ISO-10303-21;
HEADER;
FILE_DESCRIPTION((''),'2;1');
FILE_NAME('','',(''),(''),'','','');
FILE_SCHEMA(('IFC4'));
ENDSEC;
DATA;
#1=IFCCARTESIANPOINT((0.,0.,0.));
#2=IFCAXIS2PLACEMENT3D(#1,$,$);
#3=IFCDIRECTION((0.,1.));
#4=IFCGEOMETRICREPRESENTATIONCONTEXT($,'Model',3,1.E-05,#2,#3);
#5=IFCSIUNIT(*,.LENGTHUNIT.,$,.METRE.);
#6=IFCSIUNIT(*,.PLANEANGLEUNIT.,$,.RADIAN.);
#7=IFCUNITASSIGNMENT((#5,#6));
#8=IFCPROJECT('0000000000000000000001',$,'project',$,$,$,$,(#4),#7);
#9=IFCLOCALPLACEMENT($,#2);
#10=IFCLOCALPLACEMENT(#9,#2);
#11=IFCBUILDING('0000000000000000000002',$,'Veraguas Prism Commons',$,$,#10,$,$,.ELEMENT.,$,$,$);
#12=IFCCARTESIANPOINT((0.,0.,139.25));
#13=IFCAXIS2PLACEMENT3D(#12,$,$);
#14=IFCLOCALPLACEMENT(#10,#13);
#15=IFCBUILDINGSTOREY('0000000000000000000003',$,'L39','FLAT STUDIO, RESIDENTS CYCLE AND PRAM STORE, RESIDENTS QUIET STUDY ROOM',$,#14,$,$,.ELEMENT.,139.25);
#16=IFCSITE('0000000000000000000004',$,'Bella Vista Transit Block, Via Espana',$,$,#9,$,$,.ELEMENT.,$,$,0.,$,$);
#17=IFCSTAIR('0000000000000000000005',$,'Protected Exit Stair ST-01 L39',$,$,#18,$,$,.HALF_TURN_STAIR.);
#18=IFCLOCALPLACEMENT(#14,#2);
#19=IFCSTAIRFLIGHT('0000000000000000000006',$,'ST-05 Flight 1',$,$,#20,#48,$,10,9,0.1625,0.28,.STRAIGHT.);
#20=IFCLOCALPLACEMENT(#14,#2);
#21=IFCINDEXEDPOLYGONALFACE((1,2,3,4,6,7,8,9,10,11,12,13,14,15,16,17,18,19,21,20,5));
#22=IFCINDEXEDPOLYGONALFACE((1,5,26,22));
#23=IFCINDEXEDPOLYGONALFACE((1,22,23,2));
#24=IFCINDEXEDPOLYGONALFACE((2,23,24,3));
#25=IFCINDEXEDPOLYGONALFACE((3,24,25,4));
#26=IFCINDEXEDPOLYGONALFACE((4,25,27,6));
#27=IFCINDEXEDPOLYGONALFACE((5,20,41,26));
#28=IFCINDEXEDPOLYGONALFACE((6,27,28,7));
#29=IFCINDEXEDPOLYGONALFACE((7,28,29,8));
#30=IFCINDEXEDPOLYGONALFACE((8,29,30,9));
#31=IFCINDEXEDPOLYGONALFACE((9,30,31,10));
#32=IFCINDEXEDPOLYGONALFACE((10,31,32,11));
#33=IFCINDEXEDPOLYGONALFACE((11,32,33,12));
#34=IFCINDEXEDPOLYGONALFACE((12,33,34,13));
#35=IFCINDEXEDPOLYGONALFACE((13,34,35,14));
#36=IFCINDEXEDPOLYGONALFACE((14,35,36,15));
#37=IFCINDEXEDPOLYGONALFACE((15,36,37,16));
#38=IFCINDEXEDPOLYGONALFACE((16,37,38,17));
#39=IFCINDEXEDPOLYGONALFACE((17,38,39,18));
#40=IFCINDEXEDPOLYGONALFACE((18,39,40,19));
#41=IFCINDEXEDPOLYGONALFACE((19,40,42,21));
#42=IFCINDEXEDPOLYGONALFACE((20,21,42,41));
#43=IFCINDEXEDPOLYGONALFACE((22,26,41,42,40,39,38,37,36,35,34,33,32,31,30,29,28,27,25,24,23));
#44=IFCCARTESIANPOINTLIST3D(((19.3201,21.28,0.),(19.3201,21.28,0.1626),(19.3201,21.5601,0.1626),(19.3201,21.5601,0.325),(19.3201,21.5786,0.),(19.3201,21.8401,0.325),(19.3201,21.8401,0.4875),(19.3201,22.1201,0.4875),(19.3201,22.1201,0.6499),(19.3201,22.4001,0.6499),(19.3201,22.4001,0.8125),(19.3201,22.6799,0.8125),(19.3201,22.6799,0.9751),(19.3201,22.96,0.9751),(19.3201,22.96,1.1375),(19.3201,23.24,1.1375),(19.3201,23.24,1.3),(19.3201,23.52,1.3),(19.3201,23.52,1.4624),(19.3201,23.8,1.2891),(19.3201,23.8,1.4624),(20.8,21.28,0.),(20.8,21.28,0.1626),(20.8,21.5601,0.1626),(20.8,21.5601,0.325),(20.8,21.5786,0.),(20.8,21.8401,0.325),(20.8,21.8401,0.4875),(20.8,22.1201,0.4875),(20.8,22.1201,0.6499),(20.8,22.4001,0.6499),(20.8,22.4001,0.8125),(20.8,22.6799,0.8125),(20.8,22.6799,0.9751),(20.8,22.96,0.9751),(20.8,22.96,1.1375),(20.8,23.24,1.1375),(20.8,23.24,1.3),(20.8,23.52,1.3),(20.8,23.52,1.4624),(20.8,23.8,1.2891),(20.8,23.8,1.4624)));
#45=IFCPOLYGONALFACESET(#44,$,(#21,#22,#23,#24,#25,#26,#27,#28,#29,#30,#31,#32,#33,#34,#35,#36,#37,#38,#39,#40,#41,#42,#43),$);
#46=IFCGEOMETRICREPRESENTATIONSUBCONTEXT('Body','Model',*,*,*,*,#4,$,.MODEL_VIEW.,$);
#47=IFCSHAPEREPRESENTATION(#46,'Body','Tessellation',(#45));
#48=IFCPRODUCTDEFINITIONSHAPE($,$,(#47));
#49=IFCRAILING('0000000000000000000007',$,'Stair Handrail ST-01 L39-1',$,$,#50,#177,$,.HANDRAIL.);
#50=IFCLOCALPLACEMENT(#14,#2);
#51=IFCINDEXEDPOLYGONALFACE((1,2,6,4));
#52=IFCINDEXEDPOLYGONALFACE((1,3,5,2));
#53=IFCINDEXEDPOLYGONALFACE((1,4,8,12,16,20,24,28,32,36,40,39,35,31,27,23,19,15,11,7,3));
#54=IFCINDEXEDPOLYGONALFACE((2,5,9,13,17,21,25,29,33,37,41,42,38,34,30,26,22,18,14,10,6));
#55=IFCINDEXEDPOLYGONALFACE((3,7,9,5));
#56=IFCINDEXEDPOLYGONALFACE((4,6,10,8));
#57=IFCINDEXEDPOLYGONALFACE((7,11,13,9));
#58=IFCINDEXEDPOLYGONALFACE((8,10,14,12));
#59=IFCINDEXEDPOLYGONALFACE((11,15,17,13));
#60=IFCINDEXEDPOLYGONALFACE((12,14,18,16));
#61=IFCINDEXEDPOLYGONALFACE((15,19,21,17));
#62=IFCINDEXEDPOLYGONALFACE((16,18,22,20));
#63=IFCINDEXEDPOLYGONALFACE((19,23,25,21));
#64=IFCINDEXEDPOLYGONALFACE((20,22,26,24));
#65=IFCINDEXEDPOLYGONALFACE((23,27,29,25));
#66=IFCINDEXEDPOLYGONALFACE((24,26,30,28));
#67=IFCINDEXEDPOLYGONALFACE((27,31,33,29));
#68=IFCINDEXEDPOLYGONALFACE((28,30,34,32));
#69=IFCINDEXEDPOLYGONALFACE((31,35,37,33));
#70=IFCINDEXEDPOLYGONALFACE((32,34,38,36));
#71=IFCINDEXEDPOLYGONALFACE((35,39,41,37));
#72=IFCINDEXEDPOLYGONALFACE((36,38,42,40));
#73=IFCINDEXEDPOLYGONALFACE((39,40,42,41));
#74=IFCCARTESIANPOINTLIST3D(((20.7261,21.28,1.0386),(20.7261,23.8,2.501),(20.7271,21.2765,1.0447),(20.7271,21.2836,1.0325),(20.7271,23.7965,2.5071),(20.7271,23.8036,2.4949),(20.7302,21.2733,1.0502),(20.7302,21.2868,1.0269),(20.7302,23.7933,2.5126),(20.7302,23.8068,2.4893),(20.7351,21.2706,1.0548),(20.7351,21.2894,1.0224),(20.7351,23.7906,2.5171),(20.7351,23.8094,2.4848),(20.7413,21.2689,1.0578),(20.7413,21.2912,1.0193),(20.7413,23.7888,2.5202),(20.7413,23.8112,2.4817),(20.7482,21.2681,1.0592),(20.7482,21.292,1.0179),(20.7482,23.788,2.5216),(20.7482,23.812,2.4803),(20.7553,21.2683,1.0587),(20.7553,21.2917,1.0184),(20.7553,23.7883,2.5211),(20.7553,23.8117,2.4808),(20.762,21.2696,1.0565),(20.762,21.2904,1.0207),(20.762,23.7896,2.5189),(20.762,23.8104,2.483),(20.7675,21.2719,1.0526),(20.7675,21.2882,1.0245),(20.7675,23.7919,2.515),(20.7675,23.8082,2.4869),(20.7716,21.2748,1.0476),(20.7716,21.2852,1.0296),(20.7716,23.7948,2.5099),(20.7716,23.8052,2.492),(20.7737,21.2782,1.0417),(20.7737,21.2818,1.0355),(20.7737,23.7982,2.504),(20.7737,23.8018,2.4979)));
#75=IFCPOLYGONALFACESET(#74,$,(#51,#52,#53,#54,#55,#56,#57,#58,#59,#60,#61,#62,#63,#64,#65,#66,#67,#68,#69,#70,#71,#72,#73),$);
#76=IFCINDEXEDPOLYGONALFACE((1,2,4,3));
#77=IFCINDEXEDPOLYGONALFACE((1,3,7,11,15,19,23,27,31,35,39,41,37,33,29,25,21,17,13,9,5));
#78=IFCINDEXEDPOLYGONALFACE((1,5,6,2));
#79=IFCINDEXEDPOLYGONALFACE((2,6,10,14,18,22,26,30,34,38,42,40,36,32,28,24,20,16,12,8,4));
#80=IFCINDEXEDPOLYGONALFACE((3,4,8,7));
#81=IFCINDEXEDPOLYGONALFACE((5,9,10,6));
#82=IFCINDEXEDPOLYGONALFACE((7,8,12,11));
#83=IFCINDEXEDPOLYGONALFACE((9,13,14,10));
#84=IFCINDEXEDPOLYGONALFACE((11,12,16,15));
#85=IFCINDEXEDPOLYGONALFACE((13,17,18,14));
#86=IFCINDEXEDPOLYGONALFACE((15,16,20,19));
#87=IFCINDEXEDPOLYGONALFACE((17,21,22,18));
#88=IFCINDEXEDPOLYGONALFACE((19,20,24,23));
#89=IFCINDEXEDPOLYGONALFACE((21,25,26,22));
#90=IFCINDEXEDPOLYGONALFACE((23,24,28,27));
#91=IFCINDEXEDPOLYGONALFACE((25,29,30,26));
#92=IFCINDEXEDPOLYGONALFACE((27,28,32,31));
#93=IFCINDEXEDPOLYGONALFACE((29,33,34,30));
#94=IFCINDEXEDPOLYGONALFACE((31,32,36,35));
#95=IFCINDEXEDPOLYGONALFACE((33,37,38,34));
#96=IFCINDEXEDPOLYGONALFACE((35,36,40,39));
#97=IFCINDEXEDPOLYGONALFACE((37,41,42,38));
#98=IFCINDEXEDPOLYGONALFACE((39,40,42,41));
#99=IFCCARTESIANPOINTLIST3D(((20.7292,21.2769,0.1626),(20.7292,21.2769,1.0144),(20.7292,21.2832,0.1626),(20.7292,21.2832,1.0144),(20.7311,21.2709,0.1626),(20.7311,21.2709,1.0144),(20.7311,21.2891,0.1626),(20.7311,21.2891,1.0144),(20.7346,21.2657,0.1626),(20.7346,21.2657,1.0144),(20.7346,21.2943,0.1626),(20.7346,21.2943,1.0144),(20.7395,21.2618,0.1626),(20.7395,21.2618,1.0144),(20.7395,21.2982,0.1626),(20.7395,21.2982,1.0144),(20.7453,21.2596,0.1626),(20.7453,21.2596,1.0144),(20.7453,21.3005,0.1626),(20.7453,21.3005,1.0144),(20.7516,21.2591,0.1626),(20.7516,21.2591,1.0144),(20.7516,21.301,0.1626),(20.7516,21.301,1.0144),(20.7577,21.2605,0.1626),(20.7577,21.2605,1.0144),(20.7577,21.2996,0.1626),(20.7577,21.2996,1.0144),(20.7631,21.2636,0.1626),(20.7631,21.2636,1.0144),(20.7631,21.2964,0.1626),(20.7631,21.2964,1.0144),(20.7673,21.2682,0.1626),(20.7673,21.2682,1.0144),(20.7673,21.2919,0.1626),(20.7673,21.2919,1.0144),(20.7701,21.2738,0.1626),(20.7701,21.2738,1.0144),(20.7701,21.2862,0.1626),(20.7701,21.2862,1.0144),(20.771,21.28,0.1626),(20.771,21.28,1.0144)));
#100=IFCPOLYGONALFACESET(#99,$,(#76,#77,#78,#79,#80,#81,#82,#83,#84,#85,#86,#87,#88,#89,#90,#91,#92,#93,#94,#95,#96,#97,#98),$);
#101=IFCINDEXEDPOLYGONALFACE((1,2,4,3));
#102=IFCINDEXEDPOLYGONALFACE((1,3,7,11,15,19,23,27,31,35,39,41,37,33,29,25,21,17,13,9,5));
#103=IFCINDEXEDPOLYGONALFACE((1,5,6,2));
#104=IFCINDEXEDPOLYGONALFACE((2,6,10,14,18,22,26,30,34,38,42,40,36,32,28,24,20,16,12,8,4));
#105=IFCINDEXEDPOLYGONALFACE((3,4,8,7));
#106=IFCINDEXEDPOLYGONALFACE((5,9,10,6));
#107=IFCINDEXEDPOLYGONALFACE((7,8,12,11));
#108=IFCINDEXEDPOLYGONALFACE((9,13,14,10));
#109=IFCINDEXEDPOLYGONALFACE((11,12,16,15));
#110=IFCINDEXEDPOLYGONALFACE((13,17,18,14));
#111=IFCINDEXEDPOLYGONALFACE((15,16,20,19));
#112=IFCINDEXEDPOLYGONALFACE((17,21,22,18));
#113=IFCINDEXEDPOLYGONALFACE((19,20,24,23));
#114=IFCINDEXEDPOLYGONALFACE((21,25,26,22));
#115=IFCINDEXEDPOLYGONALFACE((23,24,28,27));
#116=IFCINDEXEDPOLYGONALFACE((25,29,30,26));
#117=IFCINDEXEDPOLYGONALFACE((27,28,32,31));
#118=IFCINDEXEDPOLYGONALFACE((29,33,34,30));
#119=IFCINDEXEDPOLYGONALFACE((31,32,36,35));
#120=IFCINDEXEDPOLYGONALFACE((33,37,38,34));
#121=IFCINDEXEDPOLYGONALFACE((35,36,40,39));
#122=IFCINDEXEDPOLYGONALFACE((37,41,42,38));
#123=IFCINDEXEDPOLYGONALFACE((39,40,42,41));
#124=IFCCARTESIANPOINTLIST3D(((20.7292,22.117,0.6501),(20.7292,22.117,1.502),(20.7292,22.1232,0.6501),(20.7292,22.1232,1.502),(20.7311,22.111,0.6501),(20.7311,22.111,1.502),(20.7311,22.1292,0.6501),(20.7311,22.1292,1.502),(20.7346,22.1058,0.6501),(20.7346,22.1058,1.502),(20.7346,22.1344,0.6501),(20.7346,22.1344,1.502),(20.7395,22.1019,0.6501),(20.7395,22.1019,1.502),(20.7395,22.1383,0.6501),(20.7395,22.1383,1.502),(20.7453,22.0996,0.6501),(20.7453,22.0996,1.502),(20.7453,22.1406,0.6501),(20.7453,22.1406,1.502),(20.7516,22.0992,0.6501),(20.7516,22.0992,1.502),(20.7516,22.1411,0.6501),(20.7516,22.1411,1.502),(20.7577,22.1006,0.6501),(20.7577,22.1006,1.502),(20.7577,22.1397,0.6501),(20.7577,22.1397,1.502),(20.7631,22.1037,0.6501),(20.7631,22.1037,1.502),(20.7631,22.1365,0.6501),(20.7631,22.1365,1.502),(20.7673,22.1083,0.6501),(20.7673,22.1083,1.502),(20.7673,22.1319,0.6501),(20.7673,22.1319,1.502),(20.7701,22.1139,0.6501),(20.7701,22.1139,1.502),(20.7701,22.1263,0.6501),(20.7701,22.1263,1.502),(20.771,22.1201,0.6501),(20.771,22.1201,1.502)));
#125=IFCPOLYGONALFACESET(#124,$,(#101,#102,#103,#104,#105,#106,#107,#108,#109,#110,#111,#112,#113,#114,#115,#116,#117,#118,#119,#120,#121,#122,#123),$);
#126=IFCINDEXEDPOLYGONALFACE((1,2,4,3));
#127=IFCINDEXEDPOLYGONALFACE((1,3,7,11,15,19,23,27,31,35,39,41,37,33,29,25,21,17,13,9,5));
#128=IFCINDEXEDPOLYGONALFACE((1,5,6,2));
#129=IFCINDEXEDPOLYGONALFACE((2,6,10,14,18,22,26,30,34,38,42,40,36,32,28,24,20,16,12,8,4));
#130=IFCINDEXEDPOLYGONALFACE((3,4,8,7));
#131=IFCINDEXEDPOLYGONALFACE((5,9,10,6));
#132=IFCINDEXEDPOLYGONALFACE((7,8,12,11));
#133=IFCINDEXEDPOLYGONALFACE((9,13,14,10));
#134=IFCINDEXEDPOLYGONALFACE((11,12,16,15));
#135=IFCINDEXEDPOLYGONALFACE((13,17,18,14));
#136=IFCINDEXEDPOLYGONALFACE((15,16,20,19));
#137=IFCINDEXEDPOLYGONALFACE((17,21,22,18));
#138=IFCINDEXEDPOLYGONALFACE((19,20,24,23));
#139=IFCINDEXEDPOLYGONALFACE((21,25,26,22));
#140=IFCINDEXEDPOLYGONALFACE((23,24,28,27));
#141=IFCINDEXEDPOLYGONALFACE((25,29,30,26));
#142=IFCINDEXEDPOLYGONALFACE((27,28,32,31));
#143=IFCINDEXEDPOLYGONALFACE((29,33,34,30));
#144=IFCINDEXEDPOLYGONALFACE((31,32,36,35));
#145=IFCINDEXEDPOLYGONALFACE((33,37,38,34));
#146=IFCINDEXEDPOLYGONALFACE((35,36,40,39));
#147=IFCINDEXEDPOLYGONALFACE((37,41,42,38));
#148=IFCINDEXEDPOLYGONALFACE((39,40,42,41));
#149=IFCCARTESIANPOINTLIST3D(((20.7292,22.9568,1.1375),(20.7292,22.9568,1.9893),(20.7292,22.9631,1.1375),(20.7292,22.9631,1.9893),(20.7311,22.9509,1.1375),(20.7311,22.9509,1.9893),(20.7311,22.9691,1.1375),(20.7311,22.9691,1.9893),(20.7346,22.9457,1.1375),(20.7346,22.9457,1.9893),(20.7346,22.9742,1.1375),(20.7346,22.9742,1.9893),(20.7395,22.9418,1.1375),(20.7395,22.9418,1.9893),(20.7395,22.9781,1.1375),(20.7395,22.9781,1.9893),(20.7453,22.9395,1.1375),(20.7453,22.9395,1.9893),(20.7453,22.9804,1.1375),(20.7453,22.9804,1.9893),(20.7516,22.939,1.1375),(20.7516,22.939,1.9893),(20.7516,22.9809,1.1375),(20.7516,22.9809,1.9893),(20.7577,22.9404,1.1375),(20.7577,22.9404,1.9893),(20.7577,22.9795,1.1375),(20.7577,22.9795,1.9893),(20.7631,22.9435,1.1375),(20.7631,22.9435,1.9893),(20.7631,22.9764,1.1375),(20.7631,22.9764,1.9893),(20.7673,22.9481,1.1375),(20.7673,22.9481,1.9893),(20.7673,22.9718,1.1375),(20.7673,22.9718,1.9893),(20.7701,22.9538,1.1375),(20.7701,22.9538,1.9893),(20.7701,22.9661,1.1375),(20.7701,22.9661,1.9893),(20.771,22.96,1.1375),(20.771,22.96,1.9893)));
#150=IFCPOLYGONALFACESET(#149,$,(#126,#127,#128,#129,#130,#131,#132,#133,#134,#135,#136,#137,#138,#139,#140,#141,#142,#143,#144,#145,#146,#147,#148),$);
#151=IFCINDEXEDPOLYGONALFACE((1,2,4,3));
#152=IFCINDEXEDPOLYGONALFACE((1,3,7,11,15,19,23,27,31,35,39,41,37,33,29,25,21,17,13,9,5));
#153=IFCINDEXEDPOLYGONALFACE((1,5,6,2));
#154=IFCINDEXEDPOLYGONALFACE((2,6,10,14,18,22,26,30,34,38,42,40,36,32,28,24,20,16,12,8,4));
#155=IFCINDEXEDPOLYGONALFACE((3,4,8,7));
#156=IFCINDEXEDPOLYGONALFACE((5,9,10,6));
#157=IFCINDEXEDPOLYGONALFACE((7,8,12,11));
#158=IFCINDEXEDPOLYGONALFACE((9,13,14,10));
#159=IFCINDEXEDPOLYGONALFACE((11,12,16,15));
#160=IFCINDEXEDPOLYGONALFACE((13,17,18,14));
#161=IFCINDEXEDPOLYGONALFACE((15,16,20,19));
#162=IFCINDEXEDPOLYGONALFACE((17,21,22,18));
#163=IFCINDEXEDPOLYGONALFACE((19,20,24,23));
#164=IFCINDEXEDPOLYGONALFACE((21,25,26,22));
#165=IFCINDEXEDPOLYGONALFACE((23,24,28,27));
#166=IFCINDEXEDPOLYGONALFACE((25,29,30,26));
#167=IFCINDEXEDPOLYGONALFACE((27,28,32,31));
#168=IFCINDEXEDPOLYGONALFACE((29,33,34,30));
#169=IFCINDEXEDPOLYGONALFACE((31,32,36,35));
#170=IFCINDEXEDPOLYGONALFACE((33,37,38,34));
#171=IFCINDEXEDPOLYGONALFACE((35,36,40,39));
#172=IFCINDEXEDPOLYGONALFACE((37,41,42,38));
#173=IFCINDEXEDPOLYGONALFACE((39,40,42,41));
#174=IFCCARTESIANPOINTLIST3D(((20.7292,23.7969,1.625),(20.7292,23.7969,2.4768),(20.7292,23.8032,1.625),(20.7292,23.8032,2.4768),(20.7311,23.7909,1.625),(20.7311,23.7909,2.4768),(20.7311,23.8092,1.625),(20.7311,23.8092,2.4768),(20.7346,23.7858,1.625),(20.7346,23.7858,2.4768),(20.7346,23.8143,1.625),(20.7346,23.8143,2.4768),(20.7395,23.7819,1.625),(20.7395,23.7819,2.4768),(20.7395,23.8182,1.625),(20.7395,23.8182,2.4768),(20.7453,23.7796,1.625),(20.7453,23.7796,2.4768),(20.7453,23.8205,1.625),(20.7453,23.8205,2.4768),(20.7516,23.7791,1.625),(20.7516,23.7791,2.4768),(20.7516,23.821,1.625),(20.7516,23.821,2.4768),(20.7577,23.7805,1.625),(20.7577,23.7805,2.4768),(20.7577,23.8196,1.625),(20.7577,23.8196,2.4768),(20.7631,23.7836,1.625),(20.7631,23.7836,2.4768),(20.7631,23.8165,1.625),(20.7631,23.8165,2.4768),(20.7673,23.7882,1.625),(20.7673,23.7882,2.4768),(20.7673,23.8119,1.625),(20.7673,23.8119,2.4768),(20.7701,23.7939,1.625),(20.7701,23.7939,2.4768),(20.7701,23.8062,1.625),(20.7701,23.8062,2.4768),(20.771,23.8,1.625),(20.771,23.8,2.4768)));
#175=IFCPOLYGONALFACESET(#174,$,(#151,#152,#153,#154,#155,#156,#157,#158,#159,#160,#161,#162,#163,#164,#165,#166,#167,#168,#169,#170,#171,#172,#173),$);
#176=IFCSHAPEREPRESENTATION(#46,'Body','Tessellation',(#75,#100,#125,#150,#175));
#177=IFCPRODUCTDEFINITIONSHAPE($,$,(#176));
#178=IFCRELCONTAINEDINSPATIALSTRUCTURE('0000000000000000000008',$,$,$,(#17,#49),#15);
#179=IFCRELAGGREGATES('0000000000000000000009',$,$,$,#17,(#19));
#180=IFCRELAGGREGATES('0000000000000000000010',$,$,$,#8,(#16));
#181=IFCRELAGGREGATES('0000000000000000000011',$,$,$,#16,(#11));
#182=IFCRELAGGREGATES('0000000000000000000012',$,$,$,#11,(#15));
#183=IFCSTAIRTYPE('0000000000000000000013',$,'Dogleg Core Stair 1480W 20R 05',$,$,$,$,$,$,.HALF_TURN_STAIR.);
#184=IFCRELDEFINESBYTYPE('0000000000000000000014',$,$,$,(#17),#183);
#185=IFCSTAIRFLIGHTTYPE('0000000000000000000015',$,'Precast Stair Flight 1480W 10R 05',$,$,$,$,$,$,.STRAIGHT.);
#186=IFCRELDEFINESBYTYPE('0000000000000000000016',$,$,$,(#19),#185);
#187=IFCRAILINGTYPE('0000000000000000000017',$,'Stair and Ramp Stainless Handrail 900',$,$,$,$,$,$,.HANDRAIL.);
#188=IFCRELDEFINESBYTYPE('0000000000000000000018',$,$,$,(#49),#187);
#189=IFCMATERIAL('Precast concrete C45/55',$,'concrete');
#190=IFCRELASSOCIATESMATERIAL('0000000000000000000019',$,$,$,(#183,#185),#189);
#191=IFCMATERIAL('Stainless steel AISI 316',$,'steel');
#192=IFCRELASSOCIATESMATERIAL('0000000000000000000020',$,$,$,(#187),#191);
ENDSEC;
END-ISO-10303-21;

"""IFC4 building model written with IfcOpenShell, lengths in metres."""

from ifc_helpers import new_model, si_unit, direction, frame, origin, origin_2d, place, context, subcontext, project, spatial, polyline, circle, outline, extrude, material, type_object, element, aggregate, save


model = new_model("IFC4")

# Units and contexts
model_context = context("Model", 3, precision=1e-05, world=origin(), true_north=direction((0.0, 1.0)))
body_context = subcontext(model_context, "Body", "Model", "MODEL_VIEW")
ifc_project = project(units=[si_unit("LENGTHUNIT", "METRE"), si_unit("PLANEANGLEUNIT", "RADIAN")], contexts=[model_context])

# Site, building, storey
site_placement = place(None, origin())
site = spatial("IfcSite", under=ifc_project, at=site_placement, Name="Bella Vista Transit Block, Via Espana", CompositionType="ELEMENT", RefElevation=0.0)
building_placement = place(site_placement, origin())
building = spatial("IfcBuilding", under=site, at=building_placement, Name="Veraguas Prism Commons", CompositionType="ELEMENT")
storey_placement = place(building_placement, frame((0.0, 0.0, 139.25)))
storey = spatial("IfcBuildingStorey", under=building, at=storey_placement, Name="L39", Description="FLAT STUDIO, RESIDENTS CYCLE AND PRAM STORE, RESIDENTS QUIET STUDY ROOM", CompositionType="ELEMENT", Elevation=139.25)

# Stair, stair flight
ifc_material_1 = material(Name="Precast concrete C45/55", Category="concrete")
stair_type = type_object("IfcStairType", Name="Dogleg Core Stair 1480W 20R 05", PredefinedType="HALF_TURN_STAIR", material=ifc_material_1)
stair_placement = place(storey_placement, origin())
stair = element("IfcStair", 1, at=stair_placement, inside=storey, type_object=stair_type, Name="Protected Exit Stair ST-01 L39", PredefinedType="HALF_TURN_STAIR")
stair_flight_type = type_object("IfcStairFlightType", Name="Precast Stair Flight 1480W 10R 05", PredefinedType="STRAIGHT", material=ifc_material_1)
stair_flight_placement = place(storey_placement, frame((20.0601, 21.28, 0.0), z_axis=(0.0, 0.0, 1.0), x_axis=(0.0, 1.0, 0.0)))
stair_flight = element("IfcStairFlight", 2, at=stair_flight_placement, type_object=stair_flight_type, Name="ST-05 Flight 1", NumberOfRisers=10, NumberOfTreads=9, PredefinedType="STRAIGHT", RiserHeight=0.1625, TreadLength=0.28, context=body_context, shape_type="SweptSolid", body=[
    extrude(outline(polyline([(0.0, 0.0), (0.0, 0.1626), (0.28, 0.1626), (0.28, 0.325), (0.5601, 0.325), (0.5601, 0.4875), (0.8401, 0.4875), (0.8401, 0.6499), (1.1201, 0.6499), (1.1201, 0.8125), (1.3999, 0.8125), (1.3999, 0.9751), (1.6799, 0.9751), (1.6799, 1.1375), (1.96, 1.1375), (1.96, 1.3), (2.24, 1.3), (2.24, 1.4624), (2.52, 1.4624), (2.52, 1.625), (2.52, 1.2891), (0.2986, 0.0), (0.0, 0.0)])), frame((0.0, 0.74, 0.0), z_axis=(0.0, -1.0, 0.0), x_axis=(1.0, 0.0, 0.0)), (0.0, 0.0, 1.0), 1.48),
])
aggregate(stair, [stair_flight])

# Railing
ifc_material_2 = material(Name="Stainless steel AISI 316", Category="steel")
railing_type_1 = type_object("IfcRailingType", Name="Stair and Ramp Stainless Handrail 900", PredefinedType="HANDRAIL", material=ifc_material_2)
railing_1_placement = place(storey_placement, frame((20.75, 21.28, 0.1626)))
element("IfcRailing", 3, at=railing_1_placement, inside=storey, type_object=railing_type_1, Name="Stair Handrail ST-01 L39-1", PredefinedType="HANDRAIL", context=body_context, shape_type="SweptSolid", body=[
    extrude(circle(Radius=0.0239, at=origin_2d()), frame((0.0, 0.0, 0.876), z_axis=(0.0, 0.864913, 0.501921), x_axis=(-1.0, 0.0, 0.0)), (0.0, 0.0, 1.0), 2.9136),
    extrude(circle(Radius=0.021, at=origin_2d()), origin(), (0.0, 0.0, 1.0), 0.8518),
    extrude(circle(Radius=0.021, at=origin_2d()), frame((0.0, 0.8401, 0.4875)), (0.0, 0.0, 1.0), 0.8518),
    extrude(circle(Radius=0.021, at=origin_2d()), frame((0.0, 1.6799, 0.9749)), (0.0, 0.0, 1.0), 0.8518),
    extrude(circle(Radius=0.021, at=origin_2d()), frame((0.0, 2.52, 1.4624)), (0.0, 0.0, 1.0), 0.8518),
])

save(model, "model.ifc")
